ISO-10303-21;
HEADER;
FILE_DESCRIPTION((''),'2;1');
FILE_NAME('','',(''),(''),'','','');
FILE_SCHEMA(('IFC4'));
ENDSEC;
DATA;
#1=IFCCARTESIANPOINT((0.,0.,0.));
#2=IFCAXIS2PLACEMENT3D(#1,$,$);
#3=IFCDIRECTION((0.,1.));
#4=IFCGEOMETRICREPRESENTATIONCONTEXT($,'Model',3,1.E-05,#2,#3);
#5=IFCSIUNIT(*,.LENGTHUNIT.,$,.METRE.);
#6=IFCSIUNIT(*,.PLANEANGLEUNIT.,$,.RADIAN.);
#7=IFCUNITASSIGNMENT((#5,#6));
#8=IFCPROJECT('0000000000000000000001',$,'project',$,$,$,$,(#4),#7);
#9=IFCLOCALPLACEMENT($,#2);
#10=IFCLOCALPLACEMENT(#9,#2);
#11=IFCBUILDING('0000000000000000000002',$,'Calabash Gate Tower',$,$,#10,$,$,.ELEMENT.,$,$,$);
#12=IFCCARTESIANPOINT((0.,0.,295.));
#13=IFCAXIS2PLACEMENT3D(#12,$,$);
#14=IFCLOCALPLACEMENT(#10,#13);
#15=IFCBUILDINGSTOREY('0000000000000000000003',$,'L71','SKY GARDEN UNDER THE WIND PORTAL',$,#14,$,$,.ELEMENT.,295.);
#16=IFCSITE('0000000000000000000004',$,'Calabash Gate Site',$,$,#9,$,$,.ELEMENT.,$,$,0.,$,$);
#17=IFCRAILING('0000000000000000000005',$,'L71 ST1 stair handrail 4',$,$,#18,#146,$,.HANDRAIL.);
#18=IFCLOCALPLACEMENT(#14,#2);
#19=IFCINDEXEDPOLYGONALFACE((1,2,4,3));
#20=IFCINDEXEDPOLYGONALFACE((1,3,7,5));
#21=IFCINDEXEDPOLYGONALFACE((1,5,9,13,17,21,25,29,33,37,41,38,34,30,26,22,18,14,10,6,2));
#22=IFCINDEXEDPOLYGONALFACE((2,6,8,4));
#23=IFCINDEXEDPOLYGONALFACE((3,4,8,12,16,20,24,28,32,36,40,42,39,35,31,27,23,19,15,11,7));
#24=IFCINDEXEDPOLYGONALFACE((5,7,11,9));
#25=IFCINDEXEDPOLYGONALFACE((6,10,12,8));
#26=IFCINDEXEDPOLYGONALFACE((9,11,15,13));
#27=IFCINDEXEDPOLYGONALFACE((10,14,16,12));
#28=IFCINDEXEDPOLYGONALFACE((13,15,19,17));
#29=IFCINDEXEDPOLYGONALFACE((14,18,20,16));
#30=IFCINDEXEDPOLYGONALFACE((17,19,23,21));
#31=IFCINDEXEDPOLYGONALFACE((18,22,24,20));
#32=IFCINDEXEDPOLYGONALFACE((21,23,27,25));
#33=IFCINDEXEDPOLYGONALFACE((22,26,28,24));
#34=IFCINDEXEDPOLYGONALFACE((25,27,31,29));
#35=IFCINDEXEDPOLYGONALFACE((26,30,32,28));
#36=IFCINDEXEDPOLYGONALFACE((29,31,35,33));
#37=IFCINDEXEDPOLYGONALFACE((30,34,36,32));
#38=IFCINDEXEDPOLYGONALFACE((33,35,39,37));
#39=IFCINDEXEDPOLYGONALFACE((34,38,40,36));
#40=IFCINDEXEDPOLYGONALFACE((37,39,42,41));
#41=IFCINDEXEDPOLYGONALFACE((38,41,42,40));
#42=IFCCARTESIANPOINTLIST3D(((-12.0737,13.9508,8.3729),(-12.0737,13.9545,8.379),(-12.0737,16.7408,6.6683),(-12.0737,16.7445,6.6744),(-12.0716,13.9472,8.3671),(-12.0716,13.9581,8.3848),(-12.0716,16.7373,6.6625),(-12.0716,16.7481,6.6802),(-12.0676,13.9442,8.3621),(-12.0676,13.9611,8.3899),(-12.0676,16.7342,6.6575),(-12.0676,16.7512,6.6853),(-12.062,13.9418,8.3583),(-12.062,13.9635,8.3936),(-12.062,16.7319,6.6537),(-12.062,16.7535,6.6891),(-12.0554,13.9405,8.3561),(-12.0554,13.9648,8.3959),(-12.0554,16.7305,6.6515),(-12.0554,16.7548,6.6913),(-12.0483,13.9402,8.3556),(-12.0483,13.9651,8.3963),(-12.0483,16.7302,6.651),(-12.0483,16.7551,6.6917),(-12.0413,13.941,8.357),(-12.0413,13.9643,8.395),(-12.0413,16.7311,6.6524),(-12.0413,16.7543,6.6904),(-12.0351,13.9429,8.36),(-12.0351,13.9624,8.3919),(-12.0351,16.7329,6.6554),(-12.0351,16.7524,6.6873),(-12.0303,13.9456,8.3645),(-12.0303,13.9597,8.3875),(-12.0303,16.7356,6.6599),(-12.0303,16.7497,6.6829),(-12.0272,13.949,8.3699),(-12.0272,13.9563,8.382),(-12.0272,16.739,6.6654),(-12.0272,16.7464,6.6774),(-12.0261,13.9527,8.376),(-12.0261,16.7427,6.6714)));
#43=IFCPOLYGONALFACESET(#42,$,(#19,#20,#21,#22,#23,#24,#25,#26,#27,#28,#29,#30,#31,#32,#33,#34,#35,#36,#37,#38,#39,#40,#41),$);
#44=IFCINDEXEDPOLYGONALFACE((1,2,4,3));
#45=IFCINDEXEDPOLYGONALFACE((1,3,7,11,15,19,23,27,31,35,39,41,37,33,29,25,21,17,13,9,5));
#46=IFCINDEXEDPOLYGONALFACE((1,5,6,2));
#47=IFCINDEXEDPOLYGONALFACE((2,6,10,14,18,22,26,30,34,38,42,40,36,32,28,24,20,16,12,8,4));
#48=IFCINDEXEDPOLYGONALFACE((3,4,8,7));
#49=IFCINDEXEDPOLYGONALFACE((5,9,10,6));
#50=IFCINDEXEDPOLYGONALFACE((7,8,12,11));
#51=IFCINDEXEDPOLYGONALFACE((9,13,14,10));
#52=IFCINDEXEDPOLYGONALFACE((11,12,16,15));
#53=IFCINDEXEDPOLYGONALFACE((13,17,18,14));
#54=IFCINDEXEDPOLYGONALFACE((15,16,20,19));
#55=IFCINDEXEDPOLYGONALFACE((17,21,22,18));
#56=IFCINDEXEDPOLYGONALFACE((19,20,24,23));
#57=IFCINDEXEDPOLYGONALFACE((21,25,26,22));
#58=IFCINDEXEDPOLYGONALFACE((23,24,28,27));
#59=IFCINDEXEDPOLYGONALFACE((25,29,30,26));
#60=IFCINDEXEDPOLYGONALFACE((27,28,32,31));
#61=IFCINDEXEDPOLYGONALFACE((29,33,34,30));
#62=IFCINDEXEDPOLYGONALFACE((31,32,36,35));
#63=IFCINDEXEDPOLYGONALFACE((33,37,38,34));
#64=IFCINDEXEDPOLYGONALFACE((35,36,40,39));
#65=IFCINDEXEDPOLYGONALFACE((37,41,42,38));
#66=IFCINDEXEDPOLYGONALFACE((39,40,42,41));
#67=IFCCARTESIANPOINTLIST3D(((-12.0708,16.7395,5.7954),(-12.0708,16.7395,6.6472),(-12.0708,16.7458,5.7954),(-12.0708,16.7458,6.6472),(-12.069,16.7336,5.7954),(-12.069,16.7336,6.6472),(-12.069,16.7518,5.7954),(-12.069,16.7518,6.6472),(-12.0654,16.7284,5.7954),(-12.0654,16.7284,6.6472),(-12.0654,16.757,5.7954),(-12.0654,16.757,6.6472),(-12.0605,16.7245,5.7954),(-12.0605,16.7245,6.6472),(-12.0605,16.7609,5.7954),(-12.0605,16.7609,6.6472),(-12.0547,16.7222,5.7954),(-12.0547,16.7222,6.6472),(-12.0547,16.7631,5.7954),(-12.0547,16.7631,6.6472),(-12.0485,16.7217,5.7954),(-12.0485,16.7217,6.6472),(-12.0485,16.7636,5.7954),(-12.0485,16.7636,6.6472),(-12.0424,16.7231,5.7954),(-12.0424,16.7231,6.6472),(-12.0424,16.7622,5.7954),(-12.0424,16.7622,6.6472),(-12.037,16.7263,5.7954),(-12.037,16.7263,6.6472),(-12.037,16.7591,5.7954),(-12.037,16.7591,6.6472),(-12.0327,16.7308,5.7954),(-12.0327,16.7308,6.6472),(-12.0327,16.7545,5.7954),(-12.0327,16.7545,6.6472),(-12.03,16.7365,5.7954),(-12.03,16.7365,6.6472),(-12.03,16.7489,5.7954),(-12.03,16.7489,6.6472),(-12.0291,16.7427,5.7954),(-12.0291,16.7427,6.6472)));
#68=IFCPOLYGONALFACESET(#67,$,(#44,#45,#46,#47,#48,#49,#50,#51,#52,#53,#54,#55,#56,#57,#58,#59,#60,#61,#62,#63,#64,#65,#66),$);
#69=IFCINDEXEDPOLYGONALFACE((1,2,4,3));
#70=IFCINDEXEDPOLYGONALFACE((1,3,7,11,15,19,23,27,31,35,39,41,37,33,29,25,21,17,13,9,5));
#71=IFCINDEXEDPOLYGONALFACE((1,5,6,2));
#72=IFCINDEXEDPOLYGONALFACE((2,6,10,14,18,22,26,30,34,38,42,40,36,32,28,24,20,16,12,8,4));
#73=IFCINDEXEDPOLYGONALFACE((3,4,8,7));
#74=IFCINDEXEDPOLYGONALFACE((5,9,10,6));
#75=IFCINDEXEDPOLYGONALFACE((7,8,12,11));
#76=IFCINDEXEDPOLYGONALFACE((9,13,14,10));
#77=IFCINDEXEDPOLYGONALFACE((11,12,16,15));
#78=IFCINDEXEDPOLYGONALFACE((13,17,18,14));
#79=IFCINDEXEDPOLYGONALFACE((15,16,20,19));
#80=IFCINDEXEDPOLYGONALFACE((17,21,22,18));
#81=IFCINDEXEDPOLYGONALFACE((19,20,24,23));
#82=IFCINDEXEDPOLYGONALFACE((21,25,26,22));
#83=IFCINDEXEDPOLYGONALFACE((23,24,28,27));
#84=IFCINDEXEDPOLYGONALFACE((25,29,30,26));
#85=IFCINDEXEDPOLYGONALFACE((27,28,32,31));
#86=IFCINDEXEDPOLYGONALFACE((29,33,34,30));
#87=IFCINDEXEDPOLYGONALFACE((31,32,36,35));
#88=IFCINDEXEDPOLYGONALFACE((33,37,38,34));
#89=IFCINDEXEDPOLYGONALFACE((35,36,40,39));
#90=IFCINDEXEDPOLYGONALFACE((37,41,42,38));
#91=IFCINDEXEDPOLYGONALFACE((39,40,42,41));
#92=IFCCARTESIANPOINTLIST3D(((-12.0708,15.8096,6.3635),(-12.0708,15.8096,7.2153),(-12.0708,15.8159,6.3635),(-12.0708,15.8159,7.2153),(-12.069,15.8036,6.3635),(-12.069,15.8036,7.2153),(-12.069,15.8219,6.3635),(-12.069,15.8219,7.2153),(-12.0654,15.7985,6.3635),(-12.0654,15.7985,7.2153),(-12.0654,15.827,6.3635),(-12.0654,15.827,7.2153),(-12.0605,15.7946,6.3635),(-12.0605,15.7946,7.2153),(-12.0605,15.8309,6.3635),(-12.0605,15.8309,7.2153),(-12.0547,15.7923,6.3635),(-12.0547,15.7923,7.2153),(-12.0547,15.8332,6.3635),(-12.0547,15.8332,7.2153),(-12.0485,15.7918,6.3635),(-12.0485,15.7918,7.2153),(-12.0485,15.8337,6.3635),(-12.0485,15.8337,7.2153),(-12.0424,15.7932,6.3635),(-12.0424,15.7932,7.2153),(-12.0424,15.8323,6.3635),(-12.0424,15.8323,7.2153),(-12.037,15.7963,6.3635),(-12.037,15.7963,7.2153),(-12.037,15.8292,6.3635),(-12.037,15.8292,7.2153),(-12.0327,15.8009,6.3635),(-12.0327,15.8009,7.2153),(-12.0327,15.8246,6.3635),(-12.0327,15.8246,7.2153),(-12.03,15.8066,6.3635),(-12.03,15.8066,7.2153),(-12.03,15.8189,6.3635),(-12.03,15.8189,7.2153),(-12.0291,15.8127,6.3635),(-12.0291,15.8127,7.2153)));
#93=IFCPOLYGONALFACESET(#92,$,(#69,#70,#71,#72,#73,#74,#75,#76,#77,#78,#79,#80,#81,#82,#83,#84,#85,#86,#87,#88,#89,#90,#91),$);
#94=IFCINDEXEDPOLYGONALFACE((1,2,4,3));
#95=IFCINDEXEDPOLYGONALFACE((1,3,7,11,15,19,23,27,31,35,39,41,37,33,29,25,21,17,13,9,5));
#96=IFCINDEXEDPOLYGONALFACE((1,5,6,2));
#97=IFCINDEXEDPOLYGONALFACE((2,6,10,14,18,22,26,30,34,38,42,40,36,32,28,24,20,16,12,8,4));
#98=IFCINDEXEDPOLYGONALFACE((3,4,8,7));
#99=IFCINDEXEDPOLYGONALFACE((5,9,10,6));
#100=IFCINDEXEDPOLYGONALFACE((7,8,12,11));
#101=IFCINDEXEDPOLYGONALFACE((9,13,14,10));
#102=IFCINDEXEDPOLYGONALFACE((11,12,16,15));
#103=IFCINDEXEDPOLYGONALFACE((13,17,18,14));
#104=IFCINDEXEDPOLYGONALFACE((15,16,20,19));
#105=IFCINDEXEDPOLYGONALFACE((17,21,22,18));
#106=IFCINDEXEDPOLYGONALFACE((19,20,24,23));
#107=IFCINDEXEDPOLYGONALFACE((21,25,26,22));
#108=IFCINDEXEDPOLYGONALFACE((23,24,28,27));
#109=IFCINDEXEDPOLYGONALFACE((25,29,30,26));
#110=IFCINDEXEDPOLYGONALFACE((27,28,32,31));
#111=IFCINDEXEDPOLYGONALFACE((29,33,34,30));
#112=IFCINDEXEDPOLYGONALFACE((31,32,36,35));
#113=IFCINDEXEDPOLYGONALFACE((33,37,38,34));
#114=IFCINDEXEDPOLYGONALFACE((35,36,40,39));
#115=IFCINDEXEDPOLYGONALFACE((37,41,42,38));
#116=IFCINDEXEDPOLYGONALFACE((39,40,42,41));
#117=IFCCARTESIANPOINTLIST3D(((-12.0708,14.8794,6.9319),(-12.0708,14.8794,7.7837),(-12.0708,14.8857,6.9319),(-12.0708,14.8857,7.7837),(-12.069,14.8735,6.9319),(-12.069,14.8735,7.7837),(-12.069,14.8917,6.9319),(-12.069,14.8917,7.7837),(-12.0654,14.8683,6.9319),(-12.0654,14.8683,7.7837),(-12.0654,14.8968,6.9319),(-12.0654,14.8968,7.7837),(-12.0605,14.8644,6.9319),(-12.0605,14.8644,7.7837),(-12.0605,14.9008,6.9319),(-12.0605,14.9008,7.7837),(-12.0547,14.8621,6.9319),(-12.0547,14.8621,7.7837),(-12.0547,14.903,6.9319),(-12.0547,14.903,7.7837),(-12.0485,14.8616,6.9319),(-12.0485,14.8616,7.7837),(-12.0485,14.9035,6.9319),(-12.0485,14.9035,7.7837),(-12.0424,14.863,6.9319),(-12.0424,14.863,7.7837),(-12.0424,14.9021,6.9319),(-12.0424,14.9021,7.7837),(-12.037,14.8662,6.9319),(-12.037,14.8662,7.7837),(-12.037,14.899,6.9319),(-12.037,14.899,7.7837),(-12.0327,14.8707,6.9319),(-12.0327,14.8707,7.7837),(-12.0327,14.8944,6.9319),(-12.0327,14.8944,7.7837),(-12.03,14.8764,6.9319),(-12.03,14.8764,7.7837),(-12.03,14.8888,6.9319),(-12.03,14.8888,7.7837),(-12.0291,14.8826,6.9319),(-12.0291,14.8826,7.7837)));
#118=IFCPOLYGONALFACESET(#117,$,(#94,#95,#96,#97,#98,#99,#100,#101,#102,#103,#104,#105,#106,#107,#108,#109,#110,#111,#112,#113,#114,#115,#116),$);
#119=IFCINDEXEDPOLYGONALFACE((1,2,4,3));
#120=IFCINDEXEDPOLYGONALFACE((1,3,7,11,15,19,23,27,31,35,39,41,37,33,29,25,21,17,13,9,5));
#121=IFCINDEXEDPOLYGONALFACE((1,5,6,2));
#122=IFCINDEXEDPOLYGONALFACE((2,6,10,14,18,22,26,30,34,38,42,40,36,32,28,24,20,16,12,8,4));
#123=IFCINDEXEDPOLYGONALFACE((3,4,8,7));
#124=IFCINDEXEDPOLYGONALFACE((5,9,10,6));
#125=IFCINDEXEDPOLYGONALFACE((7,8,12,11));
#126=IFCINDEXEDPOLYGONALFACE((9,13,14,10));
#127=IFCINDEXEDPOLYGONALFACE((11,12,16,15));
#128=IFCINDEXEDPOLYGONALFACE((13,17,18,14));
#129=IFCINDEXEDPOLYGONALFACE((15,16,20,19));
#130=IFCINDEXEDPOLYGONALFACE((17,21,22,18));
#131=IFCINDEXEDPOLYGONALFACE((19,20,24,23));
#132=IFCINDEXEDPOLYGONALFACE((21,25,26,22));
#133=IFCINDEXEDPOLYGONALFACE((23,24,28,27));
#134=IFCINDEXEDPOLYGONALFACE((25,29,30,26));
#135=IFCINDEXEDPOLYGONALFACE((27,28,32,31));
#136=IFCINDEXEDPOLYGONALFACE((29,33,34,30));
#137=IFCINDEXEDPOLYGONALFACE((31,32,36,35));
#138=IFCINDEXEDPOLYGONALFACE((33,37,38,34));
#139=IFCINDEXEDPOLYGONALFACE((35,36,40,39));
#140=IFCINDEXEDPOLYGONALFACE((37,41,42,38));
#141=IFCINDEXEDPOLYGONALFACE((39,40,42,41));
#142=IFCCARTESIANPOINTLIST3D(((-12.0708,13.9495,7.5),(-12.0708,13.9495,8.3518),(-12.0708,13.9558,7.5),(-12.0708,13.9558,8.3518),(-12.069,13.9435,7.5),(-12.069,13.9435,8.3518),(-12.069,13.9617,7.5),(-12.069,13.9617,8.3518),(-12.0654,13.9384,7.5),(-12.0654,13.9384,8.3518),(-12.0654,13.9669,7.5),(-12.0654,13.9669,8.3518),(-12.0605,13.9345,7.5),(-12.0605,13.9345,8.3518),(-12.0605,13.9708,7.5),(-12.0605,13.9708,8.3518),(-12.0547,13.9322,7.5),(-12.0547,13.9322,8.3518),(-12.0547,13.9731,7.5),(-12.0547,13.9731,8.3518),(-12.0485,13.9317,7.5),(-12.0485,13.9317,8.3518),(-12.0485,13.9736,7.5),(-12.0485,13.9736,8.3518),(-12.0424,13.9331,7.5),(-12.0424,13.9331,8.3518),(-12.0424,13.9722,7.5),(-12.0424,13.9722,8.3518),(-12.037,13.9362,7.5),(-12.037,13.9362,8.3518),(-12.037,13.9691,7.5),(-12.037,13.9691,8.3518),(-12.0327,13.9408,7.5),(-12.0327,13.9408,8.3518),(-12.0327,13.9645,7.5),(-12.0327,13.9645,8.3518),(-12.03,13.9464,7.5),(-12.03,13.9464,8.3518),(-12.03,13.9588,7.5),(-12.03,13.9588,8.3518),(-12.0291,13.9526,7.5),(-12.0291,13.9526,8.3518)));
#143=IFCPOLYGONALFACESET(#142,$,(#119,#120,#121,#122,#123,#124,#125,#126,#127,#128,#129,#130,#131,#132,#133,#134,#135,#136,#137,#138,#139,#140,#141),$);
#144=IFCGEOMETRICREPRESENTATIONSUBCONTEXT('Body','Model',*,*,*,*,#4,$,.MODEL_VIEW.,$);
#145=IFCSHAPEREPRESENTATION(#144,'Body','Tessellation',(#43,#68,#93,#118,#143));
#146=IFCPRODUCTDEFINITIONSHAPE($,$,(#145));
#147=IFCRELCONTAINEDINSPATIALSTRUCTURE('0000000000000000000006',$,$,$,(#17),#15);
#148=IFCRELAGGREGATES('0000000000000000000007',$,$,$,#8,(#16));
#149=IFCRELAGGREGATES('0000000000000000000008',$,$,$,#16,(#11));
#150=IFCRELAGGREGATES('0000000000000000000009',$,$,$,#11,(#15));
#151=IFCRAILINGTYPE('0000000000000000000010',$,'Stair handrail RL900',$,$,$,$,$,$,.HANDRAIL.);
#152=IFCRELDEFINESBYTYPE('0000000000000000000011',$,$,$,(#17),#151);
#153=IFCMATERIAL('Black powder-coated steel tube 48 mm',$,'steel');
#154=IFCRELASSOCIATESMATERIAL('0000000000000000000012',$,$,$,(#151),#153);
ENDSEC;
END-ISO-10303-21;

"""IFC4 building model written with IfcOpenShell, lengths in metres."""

from ifc_helpers import new_model, si_unit, direction, frame, origin, origin_2d, place, context, subcontext, project, spatial, circle, extrude, material, type_object, element, save


model = new_model("IFC4")

# Units and contexts
model_context = context("Model", 3, precision=1e-05, world=origin(), true_north=direction((0.0, 1.0)))
body_context = subcontext(model_context, "Body", "Model", "MODEL_VIEW")
ifc_project = project(units=[si_unit("LENGTHUNIT", "METRE"), si_unit("PLANEANGLEUNIT", "RADIAN")], contexts=[model_context])

# Site, building, storey
site_placement = place(None, origin())
site = spatial("IfcSite", under=ifc_project, at=site_placement, Name="Calabash Gate Site", CompositionType="ELEMENT", RefElevation=0.0)
building_placement = place(site_placement, origin())
building = spatial("IfcBuilding", under=site, at=building_placement, Name="Calabash Gate Tower", CompositionType="ELEMENT")
storey_placement = place(building_placement, frame((0.0, 0.0, 295.0)))
storey = spatial("IfcBuildingStorey", under=building, at=storey_placement, Name="L71", Description="SKY GARDEN UNDER THE WIND PORTAL", CompositionType="ELEMENT", Elevation=295.0)

# Railing
ifc_material_1 = material(Name="Black powder-coated steel tube 48 mm", Category="steel")
railing_type_1 = type_object("IfcRailingType", Name="Stair handrail RL900", PredefinedType="HANDRAIL", material=ifc_material_1)
for number, where, name in (
    (1, (-12.05, 16.7427, 5.7954), "L71 ST1 stair handrail 4"),
):
    element("IfcRailing", number, at=place(storey_placement, frame(where)), inside=storey, type_object=railing_type_1, Name=name, PredefinedType="HANDRAIL", context=body_context, shape_type="SweptSolid", body=[
        extrude(circle(Radius=0.0239, at=origin_2d()), frame((0.0, 0.0, 0.876), z_axis=(0.0, -0.853341, 0.521353), x_axis=(1.0, 0.0, 0.0)), (0.0, 0.0, 1.0), 3.2695),
        extrude(circle(Radius=0.021, at=origin_2d()), origin(), (0.0, 0.0, 1.0), 0.8518),
        extrude(circle(Radius=0.021, at=origin_2d()), frame((0.0, -0.9299, 0.5681)), (0.0, 0.0, 1.0), 0.8518),
        extrude(circle(Radius=0.021, at=origin_2d()), frame((0.0, -1.8601, 1.1365)), (0.0, 0.0, 1.0), 0.8518),
        extrude(circle(Radius=0.021, at=origin_2d()), frame((0.0, -2.79, 1.7046)), (0.0, 0.0, 1.0), 0.8518),
    ])

save(model, "model.ifc")
